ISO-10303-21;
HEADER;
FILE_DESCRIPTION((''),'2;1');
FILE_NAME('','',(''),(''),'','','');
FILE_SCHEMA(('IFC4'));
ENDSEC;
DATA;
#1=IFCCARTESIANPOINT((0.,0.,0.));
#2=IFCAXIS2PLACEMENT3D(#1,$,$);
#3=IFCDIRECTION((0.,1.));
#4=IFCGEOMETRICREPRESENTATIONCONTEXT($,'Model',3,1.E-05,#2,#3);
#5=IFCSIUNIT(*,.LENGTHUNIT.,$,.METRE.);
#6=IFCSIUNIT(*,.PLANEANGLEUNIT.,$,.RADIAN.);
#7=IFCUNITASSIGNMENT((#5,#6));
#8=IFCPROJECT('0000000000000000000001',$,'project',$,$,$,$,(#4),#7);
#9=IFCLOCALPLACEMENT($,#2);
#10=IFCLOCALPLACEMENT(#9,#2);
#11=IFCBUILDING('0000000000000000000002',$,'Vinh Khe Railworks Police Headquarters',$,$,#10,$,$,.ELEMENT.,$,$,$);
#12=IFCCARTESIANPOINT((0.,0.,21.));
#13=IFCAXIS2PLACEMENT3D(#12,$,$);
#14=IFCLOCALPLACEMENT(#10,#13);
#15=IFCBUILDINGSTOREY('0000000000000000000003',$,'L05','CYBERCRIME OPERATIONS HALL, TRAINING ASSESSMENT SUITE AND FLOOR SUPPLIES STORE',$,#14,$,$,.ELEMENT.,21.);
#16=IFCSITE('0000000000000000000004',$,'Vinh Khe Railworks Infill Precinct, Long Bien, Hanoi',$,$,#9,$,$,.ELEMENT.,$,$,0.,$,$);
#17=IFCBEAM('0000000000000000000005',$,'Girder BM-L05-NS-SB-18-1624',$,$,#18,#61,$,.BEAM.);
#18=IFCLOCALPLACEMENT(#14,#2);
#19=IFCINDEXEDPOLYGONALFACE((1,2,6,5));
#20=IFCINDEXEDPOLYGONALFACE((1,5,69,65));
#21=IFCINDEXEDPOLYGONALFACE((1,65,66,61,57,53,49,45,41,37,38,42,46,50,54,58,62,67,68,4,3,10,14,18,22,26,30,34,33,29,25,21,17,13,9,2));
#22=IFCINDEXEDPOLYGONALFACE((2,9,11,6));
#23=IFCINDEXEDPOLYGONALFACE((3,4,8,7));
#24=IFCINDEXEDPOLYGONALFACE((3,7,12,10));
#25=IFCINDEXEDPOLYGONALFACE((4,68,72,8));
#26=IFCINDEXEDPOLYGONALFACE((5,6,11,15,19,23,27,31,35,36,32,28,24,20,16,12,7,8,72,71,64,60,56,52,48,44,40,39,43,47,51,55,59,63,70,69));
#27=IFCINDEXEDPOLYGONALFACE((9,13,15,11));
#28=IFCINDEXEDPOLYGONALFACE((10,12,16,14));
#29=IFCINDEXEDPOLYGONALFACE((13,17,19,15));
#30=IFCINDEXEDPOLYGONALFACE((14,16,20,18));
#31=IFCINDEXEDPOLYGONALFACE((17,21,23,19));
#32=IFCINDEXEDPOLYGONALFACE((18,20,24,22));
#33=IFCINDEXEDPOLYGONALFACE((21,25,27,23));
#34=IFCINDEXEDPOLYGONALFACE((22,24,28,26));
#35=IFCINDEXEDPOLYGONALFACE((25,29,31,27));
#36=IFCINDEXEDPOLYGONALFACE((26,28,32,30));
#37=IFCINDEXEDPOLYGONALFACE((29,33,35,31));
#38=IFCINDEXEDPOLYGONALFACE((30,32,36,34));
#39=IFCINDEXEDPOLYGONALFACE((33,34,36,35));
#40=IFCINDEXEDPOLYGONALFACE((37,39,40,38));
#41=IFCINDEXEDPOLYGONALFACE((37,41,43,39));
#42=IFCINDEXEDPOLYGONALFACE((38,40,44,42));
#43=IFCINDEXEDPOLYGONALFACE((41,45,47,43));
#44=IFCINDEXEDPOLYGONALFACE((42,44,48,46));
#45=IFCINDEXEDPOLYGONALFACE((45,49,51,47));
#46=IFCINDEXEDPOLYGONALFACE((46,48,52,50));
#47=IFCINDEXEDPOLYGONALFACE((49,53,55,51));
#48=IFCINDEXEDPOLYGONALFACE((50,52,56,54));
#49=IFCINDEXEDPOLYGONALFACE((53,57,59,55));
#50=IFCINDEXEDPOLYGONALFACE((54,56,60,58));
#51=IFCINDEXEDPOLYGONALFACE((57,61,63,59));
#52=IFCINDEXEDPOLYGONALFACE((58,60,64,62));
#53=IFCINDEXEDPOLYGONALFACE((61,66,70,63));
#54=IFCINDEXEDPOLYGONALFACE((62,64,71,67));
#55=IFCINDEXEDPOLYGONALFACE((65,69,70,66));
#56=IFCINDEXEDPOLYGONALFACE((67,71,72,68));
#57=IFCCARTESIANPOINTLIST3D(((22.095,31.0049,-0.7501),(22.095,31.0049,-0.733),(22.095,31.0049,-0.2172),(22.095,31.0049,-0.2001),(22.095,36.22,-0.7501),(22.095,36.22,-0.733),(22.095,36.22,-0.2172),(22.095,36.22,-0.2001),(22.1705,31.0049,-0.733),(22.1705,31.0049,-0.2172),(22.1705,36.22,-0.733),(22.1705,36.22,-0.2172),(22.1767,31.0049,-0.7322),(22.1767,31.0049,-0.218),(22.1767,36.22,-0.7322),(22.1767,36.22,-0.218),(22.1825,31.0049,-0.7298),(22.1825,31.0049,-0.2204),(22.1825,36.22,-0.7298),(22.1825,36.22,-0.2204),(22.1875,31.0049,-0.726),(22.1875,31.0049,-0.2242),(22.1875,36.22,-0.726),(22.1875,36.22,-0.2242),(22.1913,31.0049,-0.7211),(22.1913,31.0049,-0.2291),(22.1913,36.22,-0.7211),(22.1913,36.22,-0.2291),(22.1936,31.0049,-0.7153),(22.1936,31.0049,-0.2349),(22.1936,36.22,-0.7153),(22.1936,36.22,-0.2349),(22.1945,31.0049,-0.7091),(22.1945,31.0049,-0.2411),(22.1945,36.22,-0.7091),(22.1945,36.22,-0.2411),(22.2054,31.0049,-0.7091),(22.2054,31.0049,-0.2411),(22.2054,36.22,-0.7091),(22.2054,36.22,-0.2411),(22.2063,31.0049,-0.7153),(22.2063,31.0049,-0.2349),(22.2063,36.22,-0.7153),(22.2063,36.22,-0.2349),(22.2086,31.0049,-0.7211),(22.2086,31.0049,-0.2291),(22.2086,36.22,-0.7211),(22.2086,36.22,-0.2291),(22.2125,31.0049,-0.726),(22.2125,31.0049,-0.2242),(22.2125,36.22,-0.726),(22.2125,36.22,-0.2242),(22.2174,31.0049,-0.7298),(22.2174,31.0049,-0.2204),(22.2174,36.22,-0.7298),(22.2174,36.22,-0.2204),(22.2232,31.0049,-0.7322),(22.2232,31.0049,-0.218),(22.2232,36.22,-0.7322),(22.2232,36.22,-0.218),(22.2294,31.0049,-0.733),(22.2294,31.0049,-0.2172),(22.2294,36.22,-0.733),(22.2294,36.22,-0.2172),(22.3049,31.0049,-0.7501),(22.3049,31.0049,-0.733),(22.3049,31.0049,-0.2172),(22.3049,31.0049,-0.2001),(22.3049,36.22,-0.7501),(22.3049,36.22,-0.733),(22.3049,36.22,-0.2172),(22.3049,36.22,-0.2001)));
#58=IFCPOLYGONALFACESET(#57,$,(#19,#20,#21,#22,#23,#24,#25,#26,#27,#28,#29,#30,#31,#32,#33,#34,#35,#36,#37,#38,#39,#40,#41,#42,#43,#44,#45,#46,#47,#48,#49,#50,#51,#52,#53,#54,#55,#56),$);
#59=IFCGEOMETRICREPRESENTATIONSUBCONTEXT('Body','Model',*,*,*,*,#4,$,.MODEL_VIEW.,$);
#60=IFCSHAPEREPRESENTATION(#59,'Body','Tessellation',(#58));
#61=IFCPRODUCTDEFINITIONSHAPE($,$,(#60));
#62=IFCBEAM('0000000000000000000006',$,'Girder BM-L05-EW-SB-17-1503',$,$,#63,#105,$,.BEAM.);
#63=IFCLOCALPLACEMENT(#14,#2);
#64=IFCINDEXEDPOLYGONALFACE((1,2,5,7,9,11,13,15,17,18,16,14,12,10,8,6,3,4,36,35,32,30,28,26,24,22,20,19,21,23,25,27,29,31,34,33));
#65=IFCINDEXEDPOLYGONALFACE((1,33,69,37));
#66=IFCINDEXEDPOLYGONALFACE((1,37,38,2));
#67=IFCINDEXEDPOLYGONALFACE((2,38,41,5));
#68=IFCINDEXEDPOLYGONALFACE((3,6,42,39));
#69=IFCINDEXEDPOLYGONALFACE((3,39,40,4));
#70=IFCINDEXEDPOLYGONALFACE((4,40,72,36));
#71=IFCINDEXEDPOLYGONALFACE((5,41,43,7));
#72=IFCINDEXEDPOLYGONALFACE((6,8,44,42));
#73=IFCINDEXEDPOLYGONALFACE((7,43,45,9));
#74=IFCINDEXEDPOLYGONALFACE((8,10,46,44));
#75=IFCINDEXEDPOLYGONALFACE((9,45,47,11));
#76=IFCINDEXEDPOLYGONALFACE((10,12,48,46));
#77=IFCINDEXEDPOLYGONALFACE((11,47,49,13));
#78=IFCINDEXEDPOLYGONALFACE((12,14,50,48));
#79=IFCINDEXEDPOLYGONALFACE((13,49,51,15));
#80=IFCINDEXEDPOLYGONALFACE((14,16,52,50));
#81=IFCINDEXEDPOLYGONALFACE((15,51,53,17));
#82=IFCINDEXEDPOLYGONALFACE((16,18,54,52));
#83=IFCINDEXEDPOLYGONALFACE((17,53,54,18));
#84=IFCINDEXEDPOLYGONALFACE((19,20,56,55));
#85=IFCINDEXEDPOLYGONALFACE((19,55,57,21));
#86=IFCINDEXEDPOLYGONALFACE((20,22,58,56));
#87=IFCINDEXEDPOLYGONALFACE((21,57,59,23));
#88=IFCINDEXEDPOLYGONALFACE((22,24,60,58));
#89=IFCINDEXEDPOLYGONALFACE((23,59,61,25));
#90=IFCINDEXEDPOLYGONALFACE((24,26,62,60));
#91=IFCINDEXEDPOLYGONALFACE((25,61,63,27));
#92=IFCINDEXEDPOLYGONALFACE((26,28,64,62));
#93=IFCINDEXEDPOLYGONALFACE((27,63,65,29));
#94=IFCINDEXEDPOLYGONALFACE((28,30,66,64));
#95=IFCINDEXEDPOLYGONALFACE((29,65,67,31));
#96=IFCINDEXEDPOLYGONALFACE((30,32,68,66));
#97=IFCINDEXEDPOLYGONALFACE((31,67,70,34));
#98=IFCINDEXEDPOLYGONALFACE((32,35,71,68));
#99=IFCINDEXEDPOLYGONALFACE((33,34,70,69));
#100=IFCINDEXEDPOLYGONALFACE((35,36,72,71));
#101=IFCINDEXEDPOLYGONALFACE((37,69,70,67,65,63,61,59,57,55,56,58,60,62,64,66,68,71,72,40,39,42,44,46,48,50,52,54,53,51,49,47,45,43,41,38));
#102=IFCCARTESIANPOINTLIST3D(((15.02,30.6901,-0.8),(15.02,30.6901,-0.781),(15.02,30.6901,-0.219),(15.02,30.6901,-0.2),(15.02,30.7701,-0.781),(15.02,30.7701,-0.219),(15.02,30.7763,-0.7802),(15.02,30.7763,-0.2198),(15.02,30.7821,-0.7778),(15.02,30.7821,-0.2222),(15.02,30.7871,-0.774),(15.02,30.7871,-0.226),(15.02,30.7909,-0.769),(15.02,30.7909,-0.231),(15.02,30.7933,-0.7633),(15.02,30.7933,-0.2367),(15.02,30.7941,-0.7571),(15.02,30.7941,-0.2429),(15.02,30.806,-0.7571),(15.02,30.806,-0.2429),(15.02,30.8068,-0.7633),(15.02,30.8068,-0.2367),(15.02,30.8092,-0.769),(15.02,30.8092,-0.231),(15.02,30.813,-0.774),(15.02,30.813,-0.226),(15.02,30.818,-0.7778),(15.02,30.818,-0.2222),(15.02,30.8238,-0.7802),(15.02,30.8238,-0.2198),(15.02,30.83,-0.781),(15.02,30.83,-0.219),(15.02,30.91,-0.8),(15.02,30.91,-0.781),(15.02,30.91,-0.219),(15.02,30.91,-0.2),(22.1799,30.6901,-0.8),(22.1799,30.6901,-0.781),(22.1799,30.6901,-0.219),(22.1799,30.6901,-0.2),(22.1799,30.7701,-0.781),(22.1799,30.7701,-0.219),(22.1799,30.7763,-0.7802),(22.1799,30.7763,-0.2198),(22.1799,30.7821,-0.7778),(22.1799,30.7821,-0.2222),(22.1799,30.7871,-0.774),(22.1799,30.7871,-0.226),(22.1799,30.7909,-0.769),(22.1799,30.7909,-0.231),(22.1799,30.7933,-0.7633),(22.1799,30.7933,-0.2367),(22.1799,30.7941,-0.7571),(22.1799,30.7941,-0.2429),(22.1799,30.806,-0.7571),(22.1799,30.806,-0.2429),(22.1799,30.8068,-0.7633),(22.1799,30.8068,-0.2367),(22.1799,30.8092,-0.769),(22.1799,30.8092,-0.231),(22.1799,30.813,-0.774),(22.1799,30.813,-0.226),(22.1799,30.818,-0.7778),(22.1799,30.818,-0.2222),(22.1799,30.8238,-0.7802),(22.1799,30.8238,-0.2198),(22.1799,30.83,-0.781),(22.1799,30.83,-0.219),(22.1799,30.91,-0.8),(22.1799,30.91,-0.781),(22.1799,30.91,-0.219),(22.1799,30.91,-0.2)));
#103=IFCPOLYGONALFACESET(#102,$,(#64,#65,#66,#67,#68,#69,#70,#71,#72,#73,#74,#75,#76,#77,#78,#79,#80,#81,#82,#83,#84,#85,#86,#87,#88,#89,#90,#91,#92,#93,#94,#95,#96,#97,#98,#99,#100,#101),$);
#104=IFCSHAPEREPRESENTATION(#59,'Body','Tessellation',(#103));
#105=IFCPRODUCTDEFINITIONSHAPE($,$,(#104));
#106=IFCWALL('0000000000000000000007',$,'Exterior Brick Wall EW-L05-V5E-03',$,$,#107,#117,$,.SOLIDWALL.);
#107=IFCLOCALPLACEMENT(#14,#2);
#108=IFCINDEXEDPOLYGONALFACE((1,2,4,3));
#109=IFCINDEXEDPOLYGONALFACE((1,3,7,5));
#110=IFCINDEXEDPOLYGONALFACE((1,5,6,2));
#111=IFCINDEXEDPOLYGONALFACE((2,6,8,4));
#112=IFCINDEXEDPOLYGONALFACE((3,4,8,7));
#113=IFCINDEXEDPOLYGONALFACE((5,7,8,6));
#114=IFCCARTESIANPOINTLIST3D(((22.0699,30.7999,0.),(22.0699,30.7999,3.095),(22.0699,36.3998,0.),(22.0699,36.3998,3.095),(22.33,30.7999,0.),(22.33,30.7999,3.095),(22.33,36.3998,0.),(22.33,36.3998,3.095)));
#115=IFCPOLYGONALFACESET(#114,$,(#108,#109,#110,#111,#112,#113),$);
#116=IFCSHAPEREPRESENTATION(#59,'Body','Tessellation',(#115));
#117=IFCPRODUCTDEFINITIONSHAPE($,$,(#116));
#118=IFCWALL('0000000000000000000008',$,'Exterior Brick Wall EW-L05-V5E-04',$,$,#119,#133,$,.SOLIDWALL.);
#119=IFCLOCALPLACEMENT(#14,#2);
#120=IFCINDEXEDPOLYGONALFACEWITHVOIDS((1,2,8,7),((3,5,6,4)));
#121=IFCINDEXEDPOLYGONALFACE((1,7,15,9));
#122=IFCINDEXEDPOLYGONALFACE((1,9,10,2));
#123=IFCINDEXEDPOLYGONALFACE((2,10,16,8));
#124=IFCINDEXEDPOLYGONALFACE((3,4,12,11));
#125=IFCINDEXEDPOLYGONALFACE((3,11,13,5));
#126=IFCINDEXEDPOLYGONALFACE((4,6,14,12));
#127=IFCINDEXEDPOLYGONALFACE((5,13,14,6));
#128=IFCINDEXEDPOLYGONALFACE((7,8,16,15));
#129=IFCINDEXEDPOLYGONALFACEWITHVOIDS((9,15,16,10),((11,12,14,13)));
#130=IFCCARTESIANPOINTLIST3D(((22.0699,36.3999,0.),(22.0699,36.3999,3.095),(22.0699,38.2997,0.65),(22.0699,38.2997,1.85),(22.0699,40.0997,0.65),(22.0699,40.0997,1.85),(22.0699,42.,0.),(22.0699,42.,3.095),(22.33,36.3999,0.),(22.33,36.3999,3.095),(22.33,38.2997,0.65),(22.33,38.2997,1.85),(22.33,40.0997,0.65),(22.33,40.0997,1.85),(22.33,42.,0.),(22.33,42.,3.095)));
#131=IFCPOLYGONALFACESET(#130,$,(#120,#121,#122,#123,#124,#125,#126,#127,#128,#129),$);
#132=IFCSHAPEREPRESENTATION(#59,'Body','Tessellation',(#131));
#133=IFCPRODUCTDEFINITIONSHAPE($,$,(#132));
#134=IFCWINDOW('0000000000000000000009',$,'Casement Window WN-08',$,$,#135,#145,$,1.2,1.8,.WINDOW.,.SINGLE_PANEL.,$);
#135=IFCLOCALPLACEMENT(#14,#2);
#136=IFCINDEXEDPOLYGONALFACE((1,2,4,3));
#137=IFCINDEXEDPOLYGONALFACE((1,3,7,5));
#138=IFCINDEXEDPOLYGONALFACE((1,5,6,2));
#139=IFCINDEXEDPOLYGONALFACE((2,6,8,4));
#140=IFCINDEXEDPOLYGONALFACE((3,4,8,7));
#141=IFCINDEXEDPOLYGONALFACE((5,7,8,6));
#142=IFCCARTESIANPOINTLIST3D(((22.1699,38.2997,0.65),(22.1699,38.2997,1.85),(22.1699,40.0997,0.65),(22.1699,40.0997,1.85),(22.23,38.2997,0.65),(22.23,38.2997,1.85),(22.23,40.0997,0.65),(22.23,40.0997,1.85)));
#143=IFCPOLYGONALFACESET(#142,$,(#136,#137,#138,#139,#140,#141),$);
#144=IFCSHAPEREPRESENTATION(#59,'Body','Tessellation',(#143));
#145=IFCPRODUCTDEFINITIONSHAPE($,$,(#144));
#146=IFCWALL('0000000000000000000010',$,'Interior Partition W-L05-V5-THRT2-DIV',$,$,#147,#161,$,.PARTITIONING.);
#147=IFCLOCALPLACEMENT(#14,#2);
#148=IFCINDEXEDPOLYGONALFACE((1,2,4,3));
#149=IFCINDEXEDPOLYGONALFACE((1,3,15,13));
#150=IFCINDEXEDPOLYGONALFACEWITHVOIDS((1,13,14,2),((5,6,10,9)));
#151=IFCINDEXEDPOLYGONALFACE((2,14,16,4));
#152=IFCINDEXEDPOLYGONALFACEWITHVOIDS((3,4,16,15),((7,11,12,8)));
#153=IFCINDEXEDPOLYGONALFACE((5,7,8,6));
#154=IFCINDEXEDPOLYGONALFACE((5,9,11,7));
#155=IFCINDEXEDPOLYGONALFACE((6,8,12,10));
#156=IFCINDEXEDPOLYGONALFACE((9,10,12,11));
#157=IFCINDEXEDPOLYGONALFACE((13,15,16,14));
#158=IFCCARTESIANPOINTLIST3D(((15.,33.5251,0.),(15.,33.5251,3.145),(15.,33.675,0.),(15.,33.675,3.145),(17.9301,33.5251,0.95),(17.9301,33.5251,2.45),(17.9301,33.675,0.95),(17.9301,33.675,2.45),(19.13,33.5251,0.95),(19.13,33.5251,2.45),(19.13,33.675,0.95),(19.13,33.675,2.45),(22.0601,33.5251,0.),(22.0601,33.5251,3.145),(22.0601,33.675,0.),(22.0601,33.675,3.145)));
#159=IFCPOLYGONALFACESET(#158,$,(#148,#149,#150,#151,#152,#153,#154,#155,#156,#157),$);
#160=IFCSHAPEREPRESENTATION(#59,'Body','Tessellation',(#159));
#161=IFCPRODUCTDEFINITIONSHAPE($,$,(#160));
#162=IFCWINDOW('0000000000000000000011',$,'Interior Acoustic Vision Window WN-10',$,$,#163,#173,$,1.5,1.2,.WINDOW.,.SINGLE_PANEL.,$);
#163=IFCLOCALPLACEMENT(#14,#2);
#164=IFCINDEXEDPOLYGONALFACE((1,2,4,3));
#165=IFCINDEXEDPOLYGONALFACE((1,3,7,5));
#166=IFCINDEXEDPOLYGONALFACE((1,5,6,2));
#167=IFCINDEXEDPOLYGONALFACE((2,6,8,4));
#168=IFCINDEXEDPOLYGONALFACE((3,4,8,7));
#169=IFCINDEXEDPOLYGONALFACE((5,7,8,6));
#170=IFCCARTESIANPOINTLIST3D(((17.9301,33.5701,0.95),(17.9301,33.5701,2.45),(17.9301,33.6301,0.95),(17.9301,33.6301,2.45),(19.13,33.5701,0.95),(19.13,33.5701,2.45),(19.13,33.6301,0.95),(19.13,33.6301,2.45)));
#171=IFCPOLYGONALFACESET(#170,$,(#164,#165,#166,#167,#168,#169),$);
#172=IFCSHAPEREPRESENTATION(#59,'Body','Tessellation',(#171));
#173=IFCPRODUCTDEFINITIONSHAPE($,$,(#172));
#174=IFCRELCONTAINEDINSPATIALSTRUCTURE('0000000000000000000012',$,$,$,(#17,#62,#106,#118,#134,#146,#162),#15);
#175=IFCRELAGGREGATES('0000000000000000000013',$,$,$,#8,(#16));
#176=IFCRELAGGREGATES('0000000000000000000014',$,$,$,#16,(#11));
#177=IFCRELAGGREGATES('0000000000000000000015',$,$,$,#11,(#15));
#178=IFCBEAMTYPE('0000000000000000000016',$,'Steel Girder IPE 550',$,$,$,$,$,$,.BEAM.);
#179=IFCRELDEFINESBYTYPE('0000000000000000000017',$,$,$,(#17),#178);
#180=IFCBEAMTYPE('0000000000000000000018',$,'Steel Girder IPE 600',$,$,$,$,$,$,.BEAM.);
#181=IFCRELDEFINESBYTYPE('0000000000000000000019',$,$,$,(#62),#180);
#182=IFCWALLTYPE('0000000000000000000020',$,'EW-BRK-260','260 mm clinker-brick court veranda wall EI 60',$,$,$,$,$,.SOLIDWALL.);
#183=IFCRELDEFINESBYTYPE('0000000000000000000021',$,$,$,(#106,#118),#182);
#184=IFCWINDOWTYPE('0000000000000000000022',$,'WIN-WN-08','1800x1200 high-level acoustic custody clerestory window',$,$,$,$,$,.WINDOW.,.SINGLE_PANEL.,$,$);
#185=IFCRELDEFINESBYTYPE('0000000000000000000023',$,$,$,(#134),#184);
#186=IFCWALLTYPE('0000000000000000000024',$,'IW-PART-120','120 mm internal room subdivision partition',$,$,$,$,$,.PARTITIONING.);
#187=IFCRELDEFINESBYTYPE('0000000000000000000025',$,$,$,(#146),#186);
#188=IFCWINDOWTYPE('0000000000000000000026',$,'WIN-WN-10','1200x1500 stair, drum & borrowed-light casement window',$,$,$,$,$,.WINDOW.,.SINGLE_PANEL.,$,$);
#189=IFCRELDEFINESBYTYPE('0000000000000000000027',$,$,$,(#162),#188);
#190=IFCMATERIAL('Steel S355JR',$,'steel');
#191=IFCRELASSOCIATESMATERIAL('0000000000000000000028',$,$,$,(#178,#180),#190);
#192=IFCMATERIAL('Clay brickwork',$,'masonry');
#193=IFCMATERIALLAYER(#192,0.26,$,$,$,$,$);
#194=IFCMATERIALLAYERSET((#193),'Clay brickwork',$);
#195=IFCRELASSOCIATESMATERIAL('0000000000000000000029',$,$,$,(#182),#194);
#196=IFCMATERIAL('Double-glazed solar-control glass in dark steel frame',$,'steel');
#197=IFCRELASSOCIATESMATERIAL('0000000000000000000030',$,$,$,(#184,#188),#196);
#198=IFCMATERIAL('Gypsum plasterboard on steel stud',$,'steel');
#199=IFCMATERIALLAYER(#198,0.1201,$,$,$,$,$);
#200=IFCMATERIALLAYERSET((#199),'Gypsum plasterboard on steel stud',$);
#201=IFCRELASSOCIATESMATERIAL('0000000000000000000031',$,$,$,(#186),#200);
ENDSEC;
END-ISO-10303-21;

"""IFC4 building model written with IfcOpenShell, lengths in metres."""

from ifc_helpers import new_model, si_unit, direction, frame, frame_2d, origin, origin_2d, place, context, subcontext, project, spatial, rectangle, i_section, extrude, material, layer, layer_set, material_profile, profile_set, type_object, element, fill, save


model = new_model("IFC4")

# Units and contexts
model_context = context("Model", 3, precision=1e-05, world=origin(), true_north=direction((0.0, 1.0)))
body_context = subcontext(model_context, "Body", "Model", "MODEL_VIEW")
ifc_project = project(units=[si_unit("LENGTHUNIT", "METRE"), si_unit("PLANEANGLEUNIT", "RADIAN")], contexts=[model_context])

# Site, building, storey
site_placement = place(None, origin())
site = spatial("IfcSite", under=ifc_project, at=site_placement, Name="Vinh Khe Railworks Infill Precinct, Long Bien, Hanoi", CompositionType="ELEMENT", RefElevation=0.0)
building_placement = place(site_placement, origin())
building = spatial("IfcBuilding", under=site, at=building_placement, Name="Vinh Khe Railworks Police Headquarters", CompositionType="ELEMENT")
storey_placement = place(building_placement, frame((0.0, 0.0, 21.0)))
storey = spatial("IfcBuildingStorey", under=building, at=storey_placement, Name="L05", Description="CYBERCRIME OPERATIONS HALL, TRAINING ASSESSMENT SUITE AND FLOOR SUPPLIES STORE", CompositionType="ELEMENT", Elevation=21.0)

# Shared definitions
ifc_material_1 = material(Name="Steel S355JR", Category="steel")

# Beams
ifc_material_profile_1 = material_profile(ifc_material_1, i_section(OverallWidth=0.21, OverallDepth=0.55, WebThickness=0.011, FlangeThickness=0.0171, FilletRadius=0.0239, at=origin_2d()), Name="IPE 550")
ifc_profile_set_1 = profile_set([ifc_material_profile_1], Name="Steel S355JR")
beam_type_1 = type_object("IfcBeamType", Name="Steel Girder IPE 550", PredefinedType="BEAM", material=ifc_profile_set_1)
beam_1_placement = place(storey_placement, frame((22.2, 31.0049, -0.4751), z_axis=(0.0, 1.0, 0.0), x_axis=(-1.0, 0.0, 0.0)))
element("IfcBeam", 1, at=beam_1_placement, inside=storey, type_object=beam_type_1, Name="Girder BM-L05-NS-SB-18-1624", PredefinedType="BEAM", context=body_context, shape_type="SweptSolid", body=[
    extrude(i_section(OverallWidth=0.21, OverallDepth=0.55, WebThickness=0.011, FlangeThickness=0.0171, FilletRadius=0.0239, at=origin_2d()), origin(), (0.0, 0.0, 1.0), 5.2151),
])
ifc_material_profile_2 = material_profile(ifc_material_1, i_section(OverallWidth=0.22, OverallDepth=0.6001, WebThickness=0.012, FlangeThickness=0.019, FilletRadius=0.0239, at=origin_2d()), Name="IPE 600")
ifc_profile_set_2 = profile_set([ifc_material_profile_2], Name="Steel S355JR")
beam_type_2 = type_object("IfcBeamType", Name="Steel Girder IPE 600", PredefinedType="BEAM", material=ifc_profile_set_2)
beam_2_placement = place(storey_placement, frame((15.02, 30.8, -0.5), z_axis=(1.0, 0.0, 0.0), x_axis=(0.0, 1.0, 0.0)))
element("IfcBeam", 2, at=beam_2_placement, inside=storey, type_object=beam_type_2, Name="Girder BM-L05-EW-SB-17-1503", PredefinedType="BEAM", context=body_context, shape_type="SweptSolid", body=[
    extrude(i_section(OverallWidth=0.22, OverallDepth=0.6001, WebThickness=0.012, FlangeThickness=0.019, FilletRadius=0.0239, at=origin_2d()), origin(), (0.0, 0.0, 1.0), 7.1599),
])

# Wall
ifc_material_2 = material(Name="Clay brickwork", Category="masonry")
ifc_layer_1 = layer(ifc_material_2, 0.26)
ifc_layer_set_1 = layer_set([ifc_layer_1], Name="Clay brickwork")
wall_type_1 = type_object("IfcWallType", Name="EW-BRK-260", Description="260 mm clinker-brick court veranda wall EI 60", PredefinedType="SOLIDWALL", material=ifc_layer_set_1)
wall_1_placement = place(storey_placement, frame((22.2, 30.8, 0.0), z_axis=(0.0, 0.0, 1.0), x_axis=(0.0, 1.0, 0.0)))
element("IfcWall", 3, at=wall_1_placement, inside=storey, type_object=wall_type_1, Name="Exterior Brick Wall EW-L05-V5E-03", PredefinedType="SOLIDWALL", context=body_context, shape_type="SweptSolid", body=[
    extrude(rectangle(XDim=5.5999, YDim=0.26, at=frame_2d((2.7998, 0.0))), origin(), (0.0, 0.0, 1.0), 3.095),
])

# Walls, openings, windows
wall_2_placement = place(storey_placement, frame((22.2, 36.3999, 0.0), z_axis=(0.0, 0.0, 1.0), x_axis=(0.0, 1.0, 0.0)))
wall_2 = element("IfcWall", 4, at=wall_2_placement, inside=storey, type_object=wall_type_1, Name="Exterior Brick Wall EW-L05-V5E-04", PredefinedType="SOLIDWALL", context=body_context, shape_type="SweptSolid", body=[
    extrude(rectangle(XDim=5.6001, YDim=0.26, at=frame_2d((2.8, 0.0))), origin(), (0.0, 0.0, 1.0), 3.095),
])
opening_1_placement = place(wall_2_placement, frame((1.8999, 0.0, 0.6499)))
opening_1 = element("IfcOpeningElement", 5, at=opening_1_placement, cuts=wall_2, PredefinedType="OPENING", context=body_context, shape_type="SweptSolid", body=[
    extrude(rectangle(XDim=1.8, YDim=1.2, at=frame_2d((0.8999, 0.6001))), frame((0.0, 0.145, 0.0), z_axis=(0.0, -1.0, 0.0), x_axis=(1.0, 0.0, 0.0)), (0.0, 0.0, 1.0), 0.2898),
])
ifc_material_3 = material(Name="Double-glazed solar-control glass in dark steel frame", Category="steel")
window_type_1 = type_object("IfcWindowType", Name="WIN-WN-08", Description="1800x1200 high-level acoustic custody clerestory window", PartitioningType="SINGLE_PANEL", PredefinedType="WINDOW", material=ifc_material_3)
window_1_placement = place(opening_1_placement, origin())
window_1 = element("IfcWindow", 6, at=window_1_placement, inside=storey, type_object=window_type_1, Name="Casement Window WN-08", OverallHeight=1.2, OverallWidth=1.8, PartitioningType="SINGLE_PANEL", PredefinedType="WINDOW", context=body_context, shape_type="SweptSolid", body=[
    extrude(rectangle(XDim=1.8, YDim=1.2, at=frame_2d((0.8999, 0.6001))), frame((0.0, 0.03, 0.0), z_axis=(0.0, -1.0, 0.0), x_axis=(1.0, 0.0, 0.0)), (0.0, 0.0, 1.0), 0.0601),
])
fill(opening_1, window_1)
ifc_material_4 = material(Name="Gypsum plasterboard on steel stud", Category="steel")
ifc_layer_2 = layer(ifc_material_4, 0.1201)
ifc_layer_set_2 = layer_set([ifc_layer_2], Name="Gypsum plasterboard on steel stud")
wall_type_2 = type_object("IfcWallType", Name="IW-PART-120", Description="120 mm internal room subdivision partition", PredefinedType="PARTITIONING", material=ifc_layer_set_2)
wall_3_placement = place(storey_placement, frame((15.0, 33.6001, 0.0), z_axis=(0.0, 0.0, 1.0), x_axis=(1.0, 0.0, 0.0)))
wall_3 = element("IfcWall", 7, at=wall_3_placement, inside=storey, type_object=wall_type_2, Name="Interior Partition W-L05-V5-THRT2-DIV", PredefinedType="PARTITIONING", context=body_context, shape_type="SweptSolid", body=[
    extrude(rectangle(XDim=7.0601, YDim=0.1499, at=frame_2d((3.53, 0.0))), origin(), (0.0, 0.0, 1.0), 3.145),
])
opening_2_placement = place(wall_3_placement, frame((2.9299, 0.0, 0.95)))
opening_2 = element("IfcOpeningElement", 8, at=opening_2_placement, cuts=wall_3, PredefinedType="OPENING", context=body_context, shape_type="SweptSolid", body=[
    extrude(rectangle(XDim=1.2, YDim=1.5, at=frame_2d((0.6001, 0.75))), frame((0.0, 0.0898, 0.0), z_axis=(0.0, -1.0, 0.0), x_axis=(1.0, 0.0, 0.0)), (0.0, 0.0, 1.0), 0.1797),
])
window_type_2 = type_object("IfcWindowType", Name="WIN-WN-10", Description="1200x1500 stair, drum & borrowed-light casement window", PartitioningType="SINGLE_PANEL", PredefinedType="WINDOW", material=ifc_material_3)
window_2_placement = place(opening_2_placement, origin())
window_2 = element("IfcWindow", 9, at=window_2_placement, inside=storey, type_object=window_type_2, Name="Interior Acoustic Vision Window WN-10", OverallHeight=1.5, OverallWidth=1.2, PartitioningType="SINGLE_PANEL", PredefinedType="WINDOW", context=body_context, shape_type="SweptSolid", body=[
    extrude(rectangle(XDim=1.2, YDim=1.5, at=frame_2d((0.6001, 0.75))), frame((0.0, 0.03, 0.0), z_axis=(0.0, -1.0, 0.0), x_axis=(1.0, 0.0, 0.0)), (0.0, 0.0, 1.0), 0.0601),
])
fill(opening_2, window_2)

save(model, "model.ifc")
